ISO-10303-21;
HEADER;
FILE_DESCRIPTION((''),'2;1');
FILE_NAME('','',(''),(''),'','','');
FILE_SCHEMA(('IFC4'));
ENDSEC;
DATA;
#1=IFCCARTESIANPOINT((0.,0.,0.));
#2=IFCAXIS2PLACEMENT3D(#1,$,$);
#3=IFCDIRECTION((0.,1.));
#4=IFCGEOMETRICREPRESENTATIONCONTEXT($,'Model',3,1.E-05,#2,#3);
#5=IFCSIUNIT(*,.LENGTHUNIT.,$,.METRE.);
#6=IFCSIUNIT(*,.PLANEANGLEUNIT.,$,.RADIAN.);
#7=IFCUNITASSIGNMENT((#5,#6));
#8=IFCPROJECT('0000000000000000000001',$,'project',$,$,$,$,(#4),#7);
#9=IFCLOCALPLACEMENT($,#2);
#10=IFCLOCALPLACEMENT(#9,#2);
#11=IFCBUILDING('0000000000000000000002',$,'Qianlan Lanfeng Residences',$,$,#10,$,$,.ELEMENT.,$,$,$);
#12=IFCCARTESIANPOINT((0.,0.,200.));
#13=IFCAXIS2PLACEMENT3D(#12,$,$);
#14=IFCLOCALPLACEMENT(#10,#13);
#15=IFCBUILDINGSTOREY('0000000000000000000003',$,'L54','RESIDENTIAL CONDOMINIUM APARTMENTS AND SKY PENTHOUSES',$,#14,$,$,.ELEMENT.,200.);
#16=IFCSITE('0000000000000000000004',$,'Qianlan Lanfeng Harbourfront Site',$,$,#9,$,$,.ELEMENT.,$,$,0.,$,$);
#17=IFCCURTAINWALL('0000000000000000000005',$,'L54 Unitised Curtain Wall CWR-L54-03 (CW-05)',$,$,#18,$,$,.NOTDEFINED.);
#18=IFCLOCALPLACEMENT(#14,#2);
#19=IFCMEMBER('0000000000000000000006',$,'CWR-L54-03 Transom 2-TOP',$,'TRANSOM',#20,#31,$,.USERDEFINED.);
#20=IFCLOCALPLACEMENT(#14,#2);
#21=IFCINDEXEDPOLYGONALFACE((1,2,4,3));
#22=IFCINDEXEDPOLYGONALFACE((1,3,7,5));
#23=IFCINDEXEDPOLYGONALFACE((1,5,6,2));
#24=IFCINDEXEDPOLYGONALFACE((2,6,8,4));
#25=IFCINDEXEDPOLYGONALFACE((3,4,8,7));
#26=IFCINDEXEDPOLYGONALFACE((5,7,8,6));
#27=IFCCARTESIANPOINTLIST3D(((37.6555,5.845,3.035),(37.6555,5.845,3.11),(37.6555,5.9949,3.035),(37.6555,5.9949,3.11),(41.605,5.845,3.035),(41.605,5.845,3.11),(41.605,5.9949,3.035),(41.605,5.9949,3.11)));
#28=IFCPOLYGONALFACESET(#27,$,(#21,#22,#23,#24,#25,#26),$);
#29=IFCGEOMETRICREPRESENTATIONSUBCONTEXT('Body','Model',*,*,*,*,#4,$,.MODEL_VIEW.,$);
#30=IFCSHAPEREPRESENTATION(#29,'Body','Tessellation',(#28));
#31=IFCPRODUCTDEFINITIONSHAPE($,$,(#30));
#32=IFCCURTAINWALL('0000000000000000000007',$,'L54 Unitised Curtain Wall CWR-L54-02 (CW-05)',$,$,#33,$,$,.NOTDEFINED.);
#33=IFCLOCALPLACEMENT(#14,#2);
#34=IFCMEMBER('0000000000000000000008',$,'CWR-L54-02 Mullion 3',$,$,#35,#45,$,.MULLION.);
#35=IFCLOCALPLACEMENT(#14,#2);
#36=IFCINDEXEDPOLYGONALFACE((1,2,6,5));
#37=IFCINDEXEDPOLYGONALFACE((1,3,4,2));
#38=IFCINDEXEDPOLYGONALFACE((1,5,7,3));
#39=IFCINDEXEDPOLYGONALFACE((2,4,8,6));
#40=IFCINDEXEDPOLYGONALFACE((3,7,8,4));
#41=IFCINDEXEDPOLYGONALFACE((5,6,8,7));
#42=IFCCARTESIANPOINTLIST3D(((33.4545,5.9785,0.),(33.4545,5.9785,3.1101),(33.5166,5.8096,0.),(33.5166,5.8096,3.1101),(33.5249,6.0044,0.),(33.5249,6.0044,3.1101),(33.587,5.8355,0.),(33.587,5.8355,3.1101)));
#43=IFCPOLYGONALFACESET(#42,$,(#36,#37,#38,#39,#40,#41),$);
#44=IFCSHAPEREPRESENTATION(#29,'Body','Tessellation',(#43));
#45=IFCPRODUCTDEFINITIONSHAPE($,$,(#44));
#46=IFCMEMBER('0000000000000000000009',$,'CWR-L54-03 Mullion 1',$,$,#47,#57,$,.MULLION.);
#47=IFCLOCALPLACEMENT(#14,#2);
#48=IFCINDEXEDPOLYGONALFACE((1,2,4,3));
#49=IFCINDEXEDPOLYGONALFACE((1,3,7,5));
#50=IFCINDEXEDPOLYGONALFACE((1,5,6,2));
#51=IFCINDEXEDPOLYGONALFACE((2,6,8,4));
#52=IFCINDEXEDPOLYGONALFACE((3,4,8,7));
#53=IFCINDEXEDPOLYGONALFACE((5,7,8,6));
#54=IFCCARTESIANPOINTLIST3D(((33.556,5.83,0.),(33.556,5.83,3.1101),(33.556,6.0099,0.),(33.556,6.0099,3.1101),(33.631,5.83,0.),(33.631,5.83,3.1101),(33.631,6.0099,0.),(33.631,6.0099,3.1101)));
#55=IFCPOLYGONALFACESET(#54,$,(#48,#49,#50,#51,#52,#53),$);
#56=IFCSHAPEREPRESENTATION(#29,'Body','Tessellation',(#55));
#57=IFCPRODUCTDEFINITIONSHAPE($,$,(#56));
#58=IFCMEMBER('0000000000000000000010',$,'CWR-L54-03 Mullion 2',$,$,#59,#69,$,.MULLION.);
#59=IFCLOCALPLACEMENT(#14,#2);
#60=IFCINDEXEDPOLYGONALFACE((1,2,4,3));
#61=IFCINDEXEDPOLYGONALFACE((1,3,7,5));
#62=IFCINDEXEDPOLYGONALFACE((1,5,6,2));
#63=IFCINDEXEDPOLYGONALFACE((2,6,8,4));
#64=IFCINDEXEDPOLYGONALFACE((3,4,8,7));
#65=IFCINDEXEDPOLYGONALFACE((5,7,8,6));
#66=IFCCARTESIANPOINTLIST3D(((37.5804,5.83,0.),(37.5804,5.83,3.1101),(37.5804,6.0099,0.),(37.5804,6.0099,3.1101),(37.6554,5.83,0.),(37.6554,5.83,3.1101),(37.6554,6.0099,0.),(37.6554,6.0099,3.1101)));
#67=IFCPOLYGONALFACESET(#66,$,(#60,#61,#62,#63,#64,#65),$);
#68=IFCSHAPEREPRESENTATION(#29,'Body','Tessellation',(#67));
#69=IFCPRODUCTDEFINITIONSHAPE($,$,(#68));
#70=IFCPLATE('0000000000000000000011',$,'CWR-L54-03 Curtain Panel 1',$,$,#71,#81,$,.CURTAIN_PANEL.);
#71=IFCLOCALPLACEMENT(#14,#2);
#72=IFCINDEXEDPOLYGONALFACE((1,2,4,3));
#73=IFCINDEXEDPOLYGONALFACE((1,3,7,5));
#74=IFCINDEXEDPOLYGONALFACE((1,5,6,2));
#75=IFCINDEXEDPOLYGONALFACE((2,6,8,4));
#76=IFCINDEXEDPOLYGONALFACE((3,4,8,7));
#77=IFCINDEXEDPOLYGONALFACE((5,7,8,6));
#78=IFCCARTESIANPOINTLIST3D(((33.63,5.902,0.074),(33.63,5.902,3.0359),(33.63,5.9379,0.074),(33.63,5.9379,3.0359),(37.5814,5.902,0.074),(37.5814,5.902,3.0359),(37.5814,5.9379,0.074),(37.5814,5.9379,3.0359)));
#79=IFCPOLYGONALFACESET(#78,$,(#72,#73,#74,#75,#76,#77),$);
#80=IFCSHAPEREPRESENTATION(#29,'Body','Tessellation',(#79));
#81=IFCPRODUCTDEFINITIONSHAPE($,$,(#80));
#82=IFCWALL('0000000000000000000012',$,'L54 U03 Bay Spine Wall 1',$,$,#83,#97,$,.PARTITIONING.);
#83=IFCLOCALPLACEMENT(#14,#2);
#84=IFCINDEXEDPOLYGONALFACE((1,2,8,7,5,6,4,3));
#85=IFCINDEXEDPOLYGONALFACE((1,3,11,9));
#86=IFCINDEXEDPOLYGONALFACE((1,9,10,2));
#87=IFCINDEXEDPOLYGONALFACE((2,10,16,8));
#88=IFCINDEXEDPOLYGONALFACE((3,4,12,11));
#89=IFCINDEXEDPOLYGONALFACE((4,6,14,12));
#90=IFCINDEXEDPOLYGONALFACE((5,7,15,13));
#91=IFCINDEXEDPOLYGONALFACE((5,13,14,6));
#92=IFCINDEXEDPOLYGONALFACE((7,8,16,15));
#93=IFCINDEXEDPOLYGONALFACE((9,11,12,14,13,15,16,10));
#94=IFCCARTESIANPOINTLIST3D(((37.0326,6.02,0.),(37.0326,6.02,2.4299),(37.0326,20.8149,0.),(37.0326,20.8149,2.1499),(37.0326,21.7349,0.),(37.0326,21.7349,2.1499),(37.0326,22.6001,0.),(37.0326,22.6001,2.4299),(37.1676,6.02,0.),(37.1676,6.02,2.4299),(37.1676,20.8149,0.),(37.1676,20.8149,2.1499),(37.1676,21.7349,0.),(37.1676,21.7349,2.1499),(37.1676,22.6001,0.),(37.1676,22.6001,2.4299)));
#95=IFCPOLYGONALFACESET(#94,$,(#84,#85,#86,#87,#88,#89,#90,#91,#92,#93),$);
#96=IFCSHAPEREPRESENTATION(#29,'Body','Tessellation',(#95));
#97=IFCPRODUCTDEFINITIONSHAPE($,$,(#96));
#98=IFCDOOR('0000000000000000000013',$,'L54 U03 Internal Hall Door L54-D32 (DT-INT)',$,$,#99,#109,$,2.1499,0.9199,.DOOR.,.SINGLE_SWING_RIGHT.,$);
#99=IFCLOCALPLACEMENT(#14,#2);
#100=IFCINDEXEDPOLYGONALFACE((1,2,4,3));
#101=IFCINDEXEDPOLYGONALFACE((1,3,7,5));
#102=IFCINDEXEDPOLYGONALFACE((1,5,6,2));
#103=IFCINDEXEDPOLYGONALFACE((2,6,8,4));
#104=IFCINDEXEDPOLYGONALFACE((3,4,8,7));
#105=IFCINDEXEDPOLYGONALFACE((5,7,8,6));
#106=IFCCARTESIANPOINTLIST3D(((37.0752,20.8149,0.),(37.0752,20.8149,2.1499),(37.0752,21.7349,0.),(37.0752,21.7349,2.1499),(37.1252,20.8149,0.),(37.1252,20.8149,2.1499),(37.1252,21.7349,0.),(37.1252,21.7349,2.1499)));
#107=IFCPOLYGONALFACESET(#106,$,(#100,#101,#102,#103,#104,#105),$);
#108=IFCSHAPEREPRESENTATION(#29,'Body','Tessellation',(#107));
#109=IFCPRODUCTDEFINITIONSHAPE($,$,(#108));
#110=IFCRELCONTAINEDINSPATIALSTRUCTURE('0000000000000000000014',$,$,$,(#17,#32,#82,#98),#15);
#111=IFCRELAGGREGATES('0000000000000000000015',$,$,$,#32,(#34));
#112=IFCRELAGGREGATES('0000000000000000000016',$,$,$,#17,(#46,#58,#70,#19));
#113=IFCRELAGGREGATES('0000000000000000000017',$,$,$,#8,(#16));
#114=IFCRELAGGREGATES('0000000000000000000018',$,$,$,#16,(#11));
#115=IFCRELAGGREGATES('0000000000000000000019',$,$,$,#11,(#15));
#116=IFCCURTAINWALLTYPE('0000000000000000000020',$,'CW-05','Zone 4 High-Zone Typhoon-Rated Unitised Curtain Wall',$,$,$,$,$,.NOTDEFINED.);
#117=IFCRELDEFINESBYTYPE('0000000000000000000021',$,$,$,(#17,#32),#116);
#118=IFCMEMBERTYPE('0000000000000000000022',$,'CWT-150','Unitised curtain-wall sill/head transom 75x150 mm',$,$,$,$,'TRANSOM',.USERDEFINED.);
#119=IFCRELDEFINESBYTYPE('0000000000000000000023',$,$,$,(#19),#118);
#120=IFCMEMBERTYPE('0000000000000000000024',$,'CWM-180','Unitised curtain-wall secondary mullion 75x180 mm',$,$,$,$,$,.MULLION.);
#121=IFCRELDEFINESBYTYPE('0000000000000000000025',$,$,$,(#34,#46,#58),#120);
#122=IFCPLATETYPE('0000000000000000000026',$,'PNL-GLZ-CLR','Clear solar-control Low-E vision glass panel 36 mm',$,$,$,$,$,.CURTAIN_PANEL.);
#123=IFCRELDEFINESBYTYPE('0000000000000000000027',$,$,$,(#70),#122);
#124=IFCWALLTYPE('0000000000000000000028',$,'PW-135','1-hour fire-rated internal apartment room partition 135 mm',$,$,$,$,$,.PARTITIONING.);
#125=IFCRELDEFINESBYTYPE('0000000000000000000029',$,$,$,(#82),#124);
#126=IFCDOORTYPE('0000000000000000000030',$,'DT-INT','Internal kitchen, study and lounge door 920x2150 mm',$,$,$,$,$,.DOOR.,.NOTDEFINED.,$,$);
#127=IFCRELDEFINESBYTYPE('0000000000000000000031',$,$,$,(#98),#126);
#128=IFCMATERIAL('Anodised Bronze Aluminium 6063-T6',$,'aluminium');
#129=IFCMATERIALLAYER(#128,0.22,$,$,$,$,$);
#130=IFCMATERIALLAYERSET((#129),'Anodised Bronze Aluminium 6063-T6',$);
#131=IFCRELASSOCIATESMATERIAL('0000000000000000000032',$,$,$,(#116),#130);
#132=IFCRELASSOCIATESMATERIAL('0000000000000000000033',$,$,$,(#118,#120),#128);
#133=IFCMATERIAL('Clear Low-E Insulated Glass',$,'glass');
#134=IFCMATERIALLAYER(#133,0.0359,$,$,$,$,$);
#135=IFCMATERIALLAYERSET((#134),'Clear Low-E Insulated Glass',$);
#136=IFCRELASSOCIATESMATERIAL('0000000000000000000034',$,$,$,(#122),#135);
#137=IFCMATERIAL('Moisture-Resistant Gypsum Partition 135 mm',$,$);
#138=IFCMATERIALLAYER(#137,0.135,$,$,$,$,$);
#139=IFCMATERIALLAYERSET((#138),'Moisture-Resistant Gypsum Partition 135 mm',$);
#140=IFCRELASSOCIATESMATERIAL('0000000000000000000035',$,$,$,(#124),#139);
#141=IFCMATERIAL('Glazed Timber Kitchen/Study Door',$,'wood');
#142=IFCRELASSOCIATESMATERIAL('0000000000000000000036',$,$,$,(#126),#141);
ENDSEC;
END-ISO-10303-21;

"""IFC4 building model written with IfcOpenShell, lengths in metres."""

from ifc_helpers import new_model, si_unit, direction, frame, frame_2d, origin, origin_2d, place, context, subcontext, project, spatial, rectangle, extrude, source, transform, mapped, material, layer, layer_set, material_profile, profile_set, type_object, element, fill, aggregate, save


model = new_model("IFC4")

# Units and contexts
model_context = context("Model", 3, precision=1e-05, world=origin(), true_north=direction((0.0, 1.0)))
body_context = subcontext(model_context, "Body", "Model", "MODEL_VIEW")
ifc_project = project(units=[si_unit("LENGTHUNIT", "METRE"), si_unit("PLANEANGLEUNIT", "RADIAN")], contexts=[model_context])

# Site, building, storey
site_placement = place(None, origin())
site = spatial("IfcSite", under=ifc_project, at=site_placement, Name="Qianlan Lanfeng Harbourfront Site", CompositionType="ELEMENT", RefElevation=0.0)
building_placement = place(site_placement, origin())
building = spatial("IfcBuilding", under=site, at=building_placement, Name="Qianlan Lanfeng Residences", CompositionType="ELEMENT")
storey_placement = place(building_placement, frame((0.0, 0.0, 200.0)))
storey = spatial("IfcBuildingStorey", under=building, at=storey_placement, Name="L54", Description="RESIDENTIAL CONDOMINIUM APARTMENTS AND SKY PENTHOUSES", CompositionType="ELEMENT", Elevation=200.0)

# Curtain wall, member
ifc_material_1 = material(Name="Anodised Bronze Aluminium 6063-T6", Category="aluminium")
ifc_layer_1 = layer(ifc_material_1, 0.22)
ifc_layer_set_1 = layer_set([ifc_layer_1], Name="Anodised Bronze Aluminium 6063-T6")
curtain_wall_type = type_object("IfcCurtainWallType", Name="CW-05", Description="Zone 4 High-Zone Typhoon-Rated Unitised Curtain Wall", PredefinedType="NOTDEFINED", material=ifc_layer_set_1)
curtain_wall_1_placement = place(storey_placement, origin())
curtain_wall_1 = element("IfcCurtainWall", 1, at=curtain_wall_1_placement, inside=storey, type_object=curtain_wall_type, Name="L54 Unitised Curtain Wall CWR-L54-03 (CW-05)", PredefinedType="NOTDEFINED")
ifc_material_profile_1 = material_profile(ifc_material_1, rectangle(XDim=0.075, YDim=0.1499, at=origin_2d()), Name="ALU TRANSOM 75x150")
ifc_profile_set_1 = profile_set([ifc_material_profile_1], Name="Anodised Bronze Aluminium 6063-T6")
member_type_1 = type_object("IfcMemberType", Name="CWT-150", Description="Unitised curtain-wall sill/head transom 75x150 mm", ElementType="TRANSOM", PredefinedType="USERDEFINED", material=ifc_profile_set_1)
shared_shape_1 = source(origin(), body_context, "Body", "SweptSolid", [
    extrude(rectangle(XDim=0.075, YDim=0.1499, at=origin_2d()), origin(), (0.0, 0.0, 1.0), 3.9495),
])
member_1_placement = place(storey_placement, frame((37.6555, 5.9199, 3.0725), z_axis=(1.0, 0.0, 0.0), x_axis=(0.0, 0.0, 1.0)))
member_1 = element("IfcMember", 2, at=member_1_placement, type_object=member_type_1, Name="CWR-L54-03 Transom 2-TOP", ObjectType="TRANSOM", PredefinedType="USERDEFINED", context=body_context, shape_type="MappedRepresentation", body=[
    mapped(shared_shape_1, transform((0.0, 0.0, 0.0), scale=1.0)),
])

# Curtain wall, member
curtain_wall_2_placement = place(storey_placement, origin())
curtain_wall_2 = element("IfcCurtainWall", 3, at=curtain_wall_2_placement, inside=storey, type_object=curtain_wall_type, Name="L54 Unitised Curtain Wall CWR-L54-02 (CW-05)", PredefinedType="NOTDEFINED")
ifc_material_profile_2 = material_profile(ifc_material_1, rectangle(XDim=0.075, YDim=0.1799, at=origin_2d()), Name="ALU MULLION 75x180")
ifc_profile_set_2 = profile_set([ifc_material_profile_2], Name="Anodised Bronze Aluminium 6063-T6")
member_type_2 = type_object("IfcMemberType", Name="CWM-180", Description="Unitised curtain-wall secondary mullion 75x180 mm", PredefinedType="MULLION", material=ifc_profile_set_2)
shared_shape_2 = source(origin(), body_context, "Body", "SweptSolid", [
    extrude(rectangle(XDim=0.075, YDim=0.1799, at=origin_2d()), origin(), (0.0, 0.0, 1.0), 3.1101),
])
member_2_placement = place(storey_placement, frame((33.5208, 5.907, 0.0), z_axis=(0.0, 0.0, 1.0), x_axis=(0.938626, 0.344938, 0.0)))
member_2 = element("IfcMember", 4, at=member_2_placement, type_object=member_type_2, Name="CWR-L54-02 Mullion 3", PredefinedType="MULLION", context=body_context, shape_type="MappedRepresentation", body=[
    mapped(shared_shape_2, transform((0.0, 0.0, 0.0), scale=1.0)),
])
aggregate(curtain_wall_2, [member_2])

# Members
member_3_placement = place(storey_placement, frame((33.5935, 5.9199, 0.0), z_axis=(0.0, 0.0, 1.0), x_axis=(1.0, 0.0, 0.0)))
member_3 = element("IfcMember", 5, at=member_3_placement, type_object=member_type_2, Name="CWR-L54-03 Mullion 1", PredefinedType="MULLION", context=body_context, shape_type="MappedRepresentation", body=[
    mapped(shared_shape_2, transform((0.0, 0.0, 0.0), scale=1.0)),
])
member_4_placement = place(storey_placement, frame((37.6179, 5.9199, 0.0), z_axis=(0.0, 0.0, 1.0), x_axis=(1.0, 0.0, 0.0)))
member_4 = element("IfcMember", 6, at=member_4_placement, type_object=member_type_2, Name="CWR-L54-03 Mullion 2", PredefinedType="MULLION", context=body_context, shape_type="MappedRepresentation", body=[
    mapped(shared_shape_2, transform((0.0, 0.0, 0.0), scale=1.0)),
])

# Plate
ifc_material_2 = material(Name="Clear Low-E Insulated Glass", Category="glass")
ifc_layer_2 = layer(ifc_material_2, 0.0359)
ifc_layer_set_2 = layer_set([ifc_layer_2], Name="Clear Low-E Insulated Glass")
plate_type = type_object("IfcPlateType", Name="PNL-GLZ-CLR", Description="Clear solar-control Low-E vision glass panel 36 mm", PredefinedType="CURTAIN_PANEL", material=ifc_layer_set_2)
shared_shape_3 = source(origin(), body_context, "Body", "SweptSolid", [
    extrude(rectangle(XDim=3.9514, YDim=0.0359, at=origin_2d()), origin(), (0.0, 0.0, 1.0), 2.9619),
])
plate_placement = place(storey_placement, frame((35.6057, 5.9199, 0.074), z_axis=(0.0, 0.0, 1.0), x_axis=(1.0, 0.0, 0.0)))
plate = element("IfcPlate", 7, at=plate_placement, type_object=plate_type, Name="CWR-L54-03 Curtain Panel 1", PredefinedType="CURTAIN_PANEL", context=body_context, shape_type="MappedRepresentation", body=[
    mapped(shared_shape_3, transform((0.0, 0.0, 0.0), scale=1.0)),
])
aggregate(curtain_wall_1, [member_3, member_4, plate, member_1])

# Wall, opening, door
ifc_material_3 = material(Name="Moisture-Resistant Gypsum Partition 135 mm")
ifc_layer_3 = layer(ifc_material_3, 0.135)
ifc_layer_set_3 = layer_set([ifc_layer_3], Name="Moisture-Resistant Gypsum Partition 135 mm")
wall_type = type_object("IfcWallType", Name="PW-135", Description="1-hour fire-rated internal apartment room partition 135 mm", PredefinedType="PARTITIONING", material=ifc_layer_set_3)
wall_1_placement = place(storey_placement, frame((37.1001, 6.02, 0.0), z_axis=(0.0, 0.0, 1.0), x_axis=(0.0, 1.0, 0.0)))
wall_1 = element("IfcWall", 8, at=wall_1_placement, inside=storey, type_object=wall_type, Name="L54 U03 Bay Spine Wall 1", PredefinedType="PARTITIONING", context=body_context, shape_type="SweptSolid", body=[
    extrude(rectangle(XDim=16.5801, YDim=0.135, at=frame_2d((8.29, 0.0))), origin(), (0.0, 0.0, 1.0), 2.4299),
])
opening_1_placement = place(wall_1_placement, frame((14.7949, 0.0, 0.0)))
opening_1 = element("IfcOpeningElement", 9, at=opening_1_placement, cuts=wall_1, PredefinedType="OPENING", context=body_context, shape_type="SweptSolid", body=[
    extrude(rectangle(XDim=0.9199, YDim=2.1499, at=frame_2d((0.46, 1.075))), frame((0.0, 0.0776, 0.0), z_axis=(0.0, -1.0, 0.0), x_axis=(1.0, 0.0, 0.0)), (0.0, 0.0, 1.0), 0.155),
])
ifc_material_4 = material(Name="Glazed Timber Kitchen/Study Door", Category="wood")
door_type_1 = type_object("IfcDoorType", Name="DT-INT", Description="Internal kitchen, study and lounge door 920x2150 mm", OperationType="NOTDEFINED", PredefinedType="DOOR", material=ifc_material_4)
door_1_placement = place(opening_1_placement, origin())
door_1 = element("IfcDoor", 10, at=door_1_placement, inside=storey, type_object=door_type_1, Name="L54 U03 Internal Hall Door L54-D32 (DT-INT)", OperationType="SINGLE_SWING_RIGHT", OverallHeight=2.1499, OverallWidth=0.9199, PredefinedType="DOOR", context=body_context, shape_type="SweptSolid", body=[
    extrude(rectangle(XDim=0.9199, YDim=2.1499, at=frame_2d((0.46, 1.075))), frame((0.0, 0.0249, 0.0), z_axis=(0.0, -1.0, 0.0), x_axis=(1.0, 0.0, 0.0)), (0.0, 0.0, 1.0), 0.05),
])
fill(opening_1, door_1)

save(model, "model.ifc")
